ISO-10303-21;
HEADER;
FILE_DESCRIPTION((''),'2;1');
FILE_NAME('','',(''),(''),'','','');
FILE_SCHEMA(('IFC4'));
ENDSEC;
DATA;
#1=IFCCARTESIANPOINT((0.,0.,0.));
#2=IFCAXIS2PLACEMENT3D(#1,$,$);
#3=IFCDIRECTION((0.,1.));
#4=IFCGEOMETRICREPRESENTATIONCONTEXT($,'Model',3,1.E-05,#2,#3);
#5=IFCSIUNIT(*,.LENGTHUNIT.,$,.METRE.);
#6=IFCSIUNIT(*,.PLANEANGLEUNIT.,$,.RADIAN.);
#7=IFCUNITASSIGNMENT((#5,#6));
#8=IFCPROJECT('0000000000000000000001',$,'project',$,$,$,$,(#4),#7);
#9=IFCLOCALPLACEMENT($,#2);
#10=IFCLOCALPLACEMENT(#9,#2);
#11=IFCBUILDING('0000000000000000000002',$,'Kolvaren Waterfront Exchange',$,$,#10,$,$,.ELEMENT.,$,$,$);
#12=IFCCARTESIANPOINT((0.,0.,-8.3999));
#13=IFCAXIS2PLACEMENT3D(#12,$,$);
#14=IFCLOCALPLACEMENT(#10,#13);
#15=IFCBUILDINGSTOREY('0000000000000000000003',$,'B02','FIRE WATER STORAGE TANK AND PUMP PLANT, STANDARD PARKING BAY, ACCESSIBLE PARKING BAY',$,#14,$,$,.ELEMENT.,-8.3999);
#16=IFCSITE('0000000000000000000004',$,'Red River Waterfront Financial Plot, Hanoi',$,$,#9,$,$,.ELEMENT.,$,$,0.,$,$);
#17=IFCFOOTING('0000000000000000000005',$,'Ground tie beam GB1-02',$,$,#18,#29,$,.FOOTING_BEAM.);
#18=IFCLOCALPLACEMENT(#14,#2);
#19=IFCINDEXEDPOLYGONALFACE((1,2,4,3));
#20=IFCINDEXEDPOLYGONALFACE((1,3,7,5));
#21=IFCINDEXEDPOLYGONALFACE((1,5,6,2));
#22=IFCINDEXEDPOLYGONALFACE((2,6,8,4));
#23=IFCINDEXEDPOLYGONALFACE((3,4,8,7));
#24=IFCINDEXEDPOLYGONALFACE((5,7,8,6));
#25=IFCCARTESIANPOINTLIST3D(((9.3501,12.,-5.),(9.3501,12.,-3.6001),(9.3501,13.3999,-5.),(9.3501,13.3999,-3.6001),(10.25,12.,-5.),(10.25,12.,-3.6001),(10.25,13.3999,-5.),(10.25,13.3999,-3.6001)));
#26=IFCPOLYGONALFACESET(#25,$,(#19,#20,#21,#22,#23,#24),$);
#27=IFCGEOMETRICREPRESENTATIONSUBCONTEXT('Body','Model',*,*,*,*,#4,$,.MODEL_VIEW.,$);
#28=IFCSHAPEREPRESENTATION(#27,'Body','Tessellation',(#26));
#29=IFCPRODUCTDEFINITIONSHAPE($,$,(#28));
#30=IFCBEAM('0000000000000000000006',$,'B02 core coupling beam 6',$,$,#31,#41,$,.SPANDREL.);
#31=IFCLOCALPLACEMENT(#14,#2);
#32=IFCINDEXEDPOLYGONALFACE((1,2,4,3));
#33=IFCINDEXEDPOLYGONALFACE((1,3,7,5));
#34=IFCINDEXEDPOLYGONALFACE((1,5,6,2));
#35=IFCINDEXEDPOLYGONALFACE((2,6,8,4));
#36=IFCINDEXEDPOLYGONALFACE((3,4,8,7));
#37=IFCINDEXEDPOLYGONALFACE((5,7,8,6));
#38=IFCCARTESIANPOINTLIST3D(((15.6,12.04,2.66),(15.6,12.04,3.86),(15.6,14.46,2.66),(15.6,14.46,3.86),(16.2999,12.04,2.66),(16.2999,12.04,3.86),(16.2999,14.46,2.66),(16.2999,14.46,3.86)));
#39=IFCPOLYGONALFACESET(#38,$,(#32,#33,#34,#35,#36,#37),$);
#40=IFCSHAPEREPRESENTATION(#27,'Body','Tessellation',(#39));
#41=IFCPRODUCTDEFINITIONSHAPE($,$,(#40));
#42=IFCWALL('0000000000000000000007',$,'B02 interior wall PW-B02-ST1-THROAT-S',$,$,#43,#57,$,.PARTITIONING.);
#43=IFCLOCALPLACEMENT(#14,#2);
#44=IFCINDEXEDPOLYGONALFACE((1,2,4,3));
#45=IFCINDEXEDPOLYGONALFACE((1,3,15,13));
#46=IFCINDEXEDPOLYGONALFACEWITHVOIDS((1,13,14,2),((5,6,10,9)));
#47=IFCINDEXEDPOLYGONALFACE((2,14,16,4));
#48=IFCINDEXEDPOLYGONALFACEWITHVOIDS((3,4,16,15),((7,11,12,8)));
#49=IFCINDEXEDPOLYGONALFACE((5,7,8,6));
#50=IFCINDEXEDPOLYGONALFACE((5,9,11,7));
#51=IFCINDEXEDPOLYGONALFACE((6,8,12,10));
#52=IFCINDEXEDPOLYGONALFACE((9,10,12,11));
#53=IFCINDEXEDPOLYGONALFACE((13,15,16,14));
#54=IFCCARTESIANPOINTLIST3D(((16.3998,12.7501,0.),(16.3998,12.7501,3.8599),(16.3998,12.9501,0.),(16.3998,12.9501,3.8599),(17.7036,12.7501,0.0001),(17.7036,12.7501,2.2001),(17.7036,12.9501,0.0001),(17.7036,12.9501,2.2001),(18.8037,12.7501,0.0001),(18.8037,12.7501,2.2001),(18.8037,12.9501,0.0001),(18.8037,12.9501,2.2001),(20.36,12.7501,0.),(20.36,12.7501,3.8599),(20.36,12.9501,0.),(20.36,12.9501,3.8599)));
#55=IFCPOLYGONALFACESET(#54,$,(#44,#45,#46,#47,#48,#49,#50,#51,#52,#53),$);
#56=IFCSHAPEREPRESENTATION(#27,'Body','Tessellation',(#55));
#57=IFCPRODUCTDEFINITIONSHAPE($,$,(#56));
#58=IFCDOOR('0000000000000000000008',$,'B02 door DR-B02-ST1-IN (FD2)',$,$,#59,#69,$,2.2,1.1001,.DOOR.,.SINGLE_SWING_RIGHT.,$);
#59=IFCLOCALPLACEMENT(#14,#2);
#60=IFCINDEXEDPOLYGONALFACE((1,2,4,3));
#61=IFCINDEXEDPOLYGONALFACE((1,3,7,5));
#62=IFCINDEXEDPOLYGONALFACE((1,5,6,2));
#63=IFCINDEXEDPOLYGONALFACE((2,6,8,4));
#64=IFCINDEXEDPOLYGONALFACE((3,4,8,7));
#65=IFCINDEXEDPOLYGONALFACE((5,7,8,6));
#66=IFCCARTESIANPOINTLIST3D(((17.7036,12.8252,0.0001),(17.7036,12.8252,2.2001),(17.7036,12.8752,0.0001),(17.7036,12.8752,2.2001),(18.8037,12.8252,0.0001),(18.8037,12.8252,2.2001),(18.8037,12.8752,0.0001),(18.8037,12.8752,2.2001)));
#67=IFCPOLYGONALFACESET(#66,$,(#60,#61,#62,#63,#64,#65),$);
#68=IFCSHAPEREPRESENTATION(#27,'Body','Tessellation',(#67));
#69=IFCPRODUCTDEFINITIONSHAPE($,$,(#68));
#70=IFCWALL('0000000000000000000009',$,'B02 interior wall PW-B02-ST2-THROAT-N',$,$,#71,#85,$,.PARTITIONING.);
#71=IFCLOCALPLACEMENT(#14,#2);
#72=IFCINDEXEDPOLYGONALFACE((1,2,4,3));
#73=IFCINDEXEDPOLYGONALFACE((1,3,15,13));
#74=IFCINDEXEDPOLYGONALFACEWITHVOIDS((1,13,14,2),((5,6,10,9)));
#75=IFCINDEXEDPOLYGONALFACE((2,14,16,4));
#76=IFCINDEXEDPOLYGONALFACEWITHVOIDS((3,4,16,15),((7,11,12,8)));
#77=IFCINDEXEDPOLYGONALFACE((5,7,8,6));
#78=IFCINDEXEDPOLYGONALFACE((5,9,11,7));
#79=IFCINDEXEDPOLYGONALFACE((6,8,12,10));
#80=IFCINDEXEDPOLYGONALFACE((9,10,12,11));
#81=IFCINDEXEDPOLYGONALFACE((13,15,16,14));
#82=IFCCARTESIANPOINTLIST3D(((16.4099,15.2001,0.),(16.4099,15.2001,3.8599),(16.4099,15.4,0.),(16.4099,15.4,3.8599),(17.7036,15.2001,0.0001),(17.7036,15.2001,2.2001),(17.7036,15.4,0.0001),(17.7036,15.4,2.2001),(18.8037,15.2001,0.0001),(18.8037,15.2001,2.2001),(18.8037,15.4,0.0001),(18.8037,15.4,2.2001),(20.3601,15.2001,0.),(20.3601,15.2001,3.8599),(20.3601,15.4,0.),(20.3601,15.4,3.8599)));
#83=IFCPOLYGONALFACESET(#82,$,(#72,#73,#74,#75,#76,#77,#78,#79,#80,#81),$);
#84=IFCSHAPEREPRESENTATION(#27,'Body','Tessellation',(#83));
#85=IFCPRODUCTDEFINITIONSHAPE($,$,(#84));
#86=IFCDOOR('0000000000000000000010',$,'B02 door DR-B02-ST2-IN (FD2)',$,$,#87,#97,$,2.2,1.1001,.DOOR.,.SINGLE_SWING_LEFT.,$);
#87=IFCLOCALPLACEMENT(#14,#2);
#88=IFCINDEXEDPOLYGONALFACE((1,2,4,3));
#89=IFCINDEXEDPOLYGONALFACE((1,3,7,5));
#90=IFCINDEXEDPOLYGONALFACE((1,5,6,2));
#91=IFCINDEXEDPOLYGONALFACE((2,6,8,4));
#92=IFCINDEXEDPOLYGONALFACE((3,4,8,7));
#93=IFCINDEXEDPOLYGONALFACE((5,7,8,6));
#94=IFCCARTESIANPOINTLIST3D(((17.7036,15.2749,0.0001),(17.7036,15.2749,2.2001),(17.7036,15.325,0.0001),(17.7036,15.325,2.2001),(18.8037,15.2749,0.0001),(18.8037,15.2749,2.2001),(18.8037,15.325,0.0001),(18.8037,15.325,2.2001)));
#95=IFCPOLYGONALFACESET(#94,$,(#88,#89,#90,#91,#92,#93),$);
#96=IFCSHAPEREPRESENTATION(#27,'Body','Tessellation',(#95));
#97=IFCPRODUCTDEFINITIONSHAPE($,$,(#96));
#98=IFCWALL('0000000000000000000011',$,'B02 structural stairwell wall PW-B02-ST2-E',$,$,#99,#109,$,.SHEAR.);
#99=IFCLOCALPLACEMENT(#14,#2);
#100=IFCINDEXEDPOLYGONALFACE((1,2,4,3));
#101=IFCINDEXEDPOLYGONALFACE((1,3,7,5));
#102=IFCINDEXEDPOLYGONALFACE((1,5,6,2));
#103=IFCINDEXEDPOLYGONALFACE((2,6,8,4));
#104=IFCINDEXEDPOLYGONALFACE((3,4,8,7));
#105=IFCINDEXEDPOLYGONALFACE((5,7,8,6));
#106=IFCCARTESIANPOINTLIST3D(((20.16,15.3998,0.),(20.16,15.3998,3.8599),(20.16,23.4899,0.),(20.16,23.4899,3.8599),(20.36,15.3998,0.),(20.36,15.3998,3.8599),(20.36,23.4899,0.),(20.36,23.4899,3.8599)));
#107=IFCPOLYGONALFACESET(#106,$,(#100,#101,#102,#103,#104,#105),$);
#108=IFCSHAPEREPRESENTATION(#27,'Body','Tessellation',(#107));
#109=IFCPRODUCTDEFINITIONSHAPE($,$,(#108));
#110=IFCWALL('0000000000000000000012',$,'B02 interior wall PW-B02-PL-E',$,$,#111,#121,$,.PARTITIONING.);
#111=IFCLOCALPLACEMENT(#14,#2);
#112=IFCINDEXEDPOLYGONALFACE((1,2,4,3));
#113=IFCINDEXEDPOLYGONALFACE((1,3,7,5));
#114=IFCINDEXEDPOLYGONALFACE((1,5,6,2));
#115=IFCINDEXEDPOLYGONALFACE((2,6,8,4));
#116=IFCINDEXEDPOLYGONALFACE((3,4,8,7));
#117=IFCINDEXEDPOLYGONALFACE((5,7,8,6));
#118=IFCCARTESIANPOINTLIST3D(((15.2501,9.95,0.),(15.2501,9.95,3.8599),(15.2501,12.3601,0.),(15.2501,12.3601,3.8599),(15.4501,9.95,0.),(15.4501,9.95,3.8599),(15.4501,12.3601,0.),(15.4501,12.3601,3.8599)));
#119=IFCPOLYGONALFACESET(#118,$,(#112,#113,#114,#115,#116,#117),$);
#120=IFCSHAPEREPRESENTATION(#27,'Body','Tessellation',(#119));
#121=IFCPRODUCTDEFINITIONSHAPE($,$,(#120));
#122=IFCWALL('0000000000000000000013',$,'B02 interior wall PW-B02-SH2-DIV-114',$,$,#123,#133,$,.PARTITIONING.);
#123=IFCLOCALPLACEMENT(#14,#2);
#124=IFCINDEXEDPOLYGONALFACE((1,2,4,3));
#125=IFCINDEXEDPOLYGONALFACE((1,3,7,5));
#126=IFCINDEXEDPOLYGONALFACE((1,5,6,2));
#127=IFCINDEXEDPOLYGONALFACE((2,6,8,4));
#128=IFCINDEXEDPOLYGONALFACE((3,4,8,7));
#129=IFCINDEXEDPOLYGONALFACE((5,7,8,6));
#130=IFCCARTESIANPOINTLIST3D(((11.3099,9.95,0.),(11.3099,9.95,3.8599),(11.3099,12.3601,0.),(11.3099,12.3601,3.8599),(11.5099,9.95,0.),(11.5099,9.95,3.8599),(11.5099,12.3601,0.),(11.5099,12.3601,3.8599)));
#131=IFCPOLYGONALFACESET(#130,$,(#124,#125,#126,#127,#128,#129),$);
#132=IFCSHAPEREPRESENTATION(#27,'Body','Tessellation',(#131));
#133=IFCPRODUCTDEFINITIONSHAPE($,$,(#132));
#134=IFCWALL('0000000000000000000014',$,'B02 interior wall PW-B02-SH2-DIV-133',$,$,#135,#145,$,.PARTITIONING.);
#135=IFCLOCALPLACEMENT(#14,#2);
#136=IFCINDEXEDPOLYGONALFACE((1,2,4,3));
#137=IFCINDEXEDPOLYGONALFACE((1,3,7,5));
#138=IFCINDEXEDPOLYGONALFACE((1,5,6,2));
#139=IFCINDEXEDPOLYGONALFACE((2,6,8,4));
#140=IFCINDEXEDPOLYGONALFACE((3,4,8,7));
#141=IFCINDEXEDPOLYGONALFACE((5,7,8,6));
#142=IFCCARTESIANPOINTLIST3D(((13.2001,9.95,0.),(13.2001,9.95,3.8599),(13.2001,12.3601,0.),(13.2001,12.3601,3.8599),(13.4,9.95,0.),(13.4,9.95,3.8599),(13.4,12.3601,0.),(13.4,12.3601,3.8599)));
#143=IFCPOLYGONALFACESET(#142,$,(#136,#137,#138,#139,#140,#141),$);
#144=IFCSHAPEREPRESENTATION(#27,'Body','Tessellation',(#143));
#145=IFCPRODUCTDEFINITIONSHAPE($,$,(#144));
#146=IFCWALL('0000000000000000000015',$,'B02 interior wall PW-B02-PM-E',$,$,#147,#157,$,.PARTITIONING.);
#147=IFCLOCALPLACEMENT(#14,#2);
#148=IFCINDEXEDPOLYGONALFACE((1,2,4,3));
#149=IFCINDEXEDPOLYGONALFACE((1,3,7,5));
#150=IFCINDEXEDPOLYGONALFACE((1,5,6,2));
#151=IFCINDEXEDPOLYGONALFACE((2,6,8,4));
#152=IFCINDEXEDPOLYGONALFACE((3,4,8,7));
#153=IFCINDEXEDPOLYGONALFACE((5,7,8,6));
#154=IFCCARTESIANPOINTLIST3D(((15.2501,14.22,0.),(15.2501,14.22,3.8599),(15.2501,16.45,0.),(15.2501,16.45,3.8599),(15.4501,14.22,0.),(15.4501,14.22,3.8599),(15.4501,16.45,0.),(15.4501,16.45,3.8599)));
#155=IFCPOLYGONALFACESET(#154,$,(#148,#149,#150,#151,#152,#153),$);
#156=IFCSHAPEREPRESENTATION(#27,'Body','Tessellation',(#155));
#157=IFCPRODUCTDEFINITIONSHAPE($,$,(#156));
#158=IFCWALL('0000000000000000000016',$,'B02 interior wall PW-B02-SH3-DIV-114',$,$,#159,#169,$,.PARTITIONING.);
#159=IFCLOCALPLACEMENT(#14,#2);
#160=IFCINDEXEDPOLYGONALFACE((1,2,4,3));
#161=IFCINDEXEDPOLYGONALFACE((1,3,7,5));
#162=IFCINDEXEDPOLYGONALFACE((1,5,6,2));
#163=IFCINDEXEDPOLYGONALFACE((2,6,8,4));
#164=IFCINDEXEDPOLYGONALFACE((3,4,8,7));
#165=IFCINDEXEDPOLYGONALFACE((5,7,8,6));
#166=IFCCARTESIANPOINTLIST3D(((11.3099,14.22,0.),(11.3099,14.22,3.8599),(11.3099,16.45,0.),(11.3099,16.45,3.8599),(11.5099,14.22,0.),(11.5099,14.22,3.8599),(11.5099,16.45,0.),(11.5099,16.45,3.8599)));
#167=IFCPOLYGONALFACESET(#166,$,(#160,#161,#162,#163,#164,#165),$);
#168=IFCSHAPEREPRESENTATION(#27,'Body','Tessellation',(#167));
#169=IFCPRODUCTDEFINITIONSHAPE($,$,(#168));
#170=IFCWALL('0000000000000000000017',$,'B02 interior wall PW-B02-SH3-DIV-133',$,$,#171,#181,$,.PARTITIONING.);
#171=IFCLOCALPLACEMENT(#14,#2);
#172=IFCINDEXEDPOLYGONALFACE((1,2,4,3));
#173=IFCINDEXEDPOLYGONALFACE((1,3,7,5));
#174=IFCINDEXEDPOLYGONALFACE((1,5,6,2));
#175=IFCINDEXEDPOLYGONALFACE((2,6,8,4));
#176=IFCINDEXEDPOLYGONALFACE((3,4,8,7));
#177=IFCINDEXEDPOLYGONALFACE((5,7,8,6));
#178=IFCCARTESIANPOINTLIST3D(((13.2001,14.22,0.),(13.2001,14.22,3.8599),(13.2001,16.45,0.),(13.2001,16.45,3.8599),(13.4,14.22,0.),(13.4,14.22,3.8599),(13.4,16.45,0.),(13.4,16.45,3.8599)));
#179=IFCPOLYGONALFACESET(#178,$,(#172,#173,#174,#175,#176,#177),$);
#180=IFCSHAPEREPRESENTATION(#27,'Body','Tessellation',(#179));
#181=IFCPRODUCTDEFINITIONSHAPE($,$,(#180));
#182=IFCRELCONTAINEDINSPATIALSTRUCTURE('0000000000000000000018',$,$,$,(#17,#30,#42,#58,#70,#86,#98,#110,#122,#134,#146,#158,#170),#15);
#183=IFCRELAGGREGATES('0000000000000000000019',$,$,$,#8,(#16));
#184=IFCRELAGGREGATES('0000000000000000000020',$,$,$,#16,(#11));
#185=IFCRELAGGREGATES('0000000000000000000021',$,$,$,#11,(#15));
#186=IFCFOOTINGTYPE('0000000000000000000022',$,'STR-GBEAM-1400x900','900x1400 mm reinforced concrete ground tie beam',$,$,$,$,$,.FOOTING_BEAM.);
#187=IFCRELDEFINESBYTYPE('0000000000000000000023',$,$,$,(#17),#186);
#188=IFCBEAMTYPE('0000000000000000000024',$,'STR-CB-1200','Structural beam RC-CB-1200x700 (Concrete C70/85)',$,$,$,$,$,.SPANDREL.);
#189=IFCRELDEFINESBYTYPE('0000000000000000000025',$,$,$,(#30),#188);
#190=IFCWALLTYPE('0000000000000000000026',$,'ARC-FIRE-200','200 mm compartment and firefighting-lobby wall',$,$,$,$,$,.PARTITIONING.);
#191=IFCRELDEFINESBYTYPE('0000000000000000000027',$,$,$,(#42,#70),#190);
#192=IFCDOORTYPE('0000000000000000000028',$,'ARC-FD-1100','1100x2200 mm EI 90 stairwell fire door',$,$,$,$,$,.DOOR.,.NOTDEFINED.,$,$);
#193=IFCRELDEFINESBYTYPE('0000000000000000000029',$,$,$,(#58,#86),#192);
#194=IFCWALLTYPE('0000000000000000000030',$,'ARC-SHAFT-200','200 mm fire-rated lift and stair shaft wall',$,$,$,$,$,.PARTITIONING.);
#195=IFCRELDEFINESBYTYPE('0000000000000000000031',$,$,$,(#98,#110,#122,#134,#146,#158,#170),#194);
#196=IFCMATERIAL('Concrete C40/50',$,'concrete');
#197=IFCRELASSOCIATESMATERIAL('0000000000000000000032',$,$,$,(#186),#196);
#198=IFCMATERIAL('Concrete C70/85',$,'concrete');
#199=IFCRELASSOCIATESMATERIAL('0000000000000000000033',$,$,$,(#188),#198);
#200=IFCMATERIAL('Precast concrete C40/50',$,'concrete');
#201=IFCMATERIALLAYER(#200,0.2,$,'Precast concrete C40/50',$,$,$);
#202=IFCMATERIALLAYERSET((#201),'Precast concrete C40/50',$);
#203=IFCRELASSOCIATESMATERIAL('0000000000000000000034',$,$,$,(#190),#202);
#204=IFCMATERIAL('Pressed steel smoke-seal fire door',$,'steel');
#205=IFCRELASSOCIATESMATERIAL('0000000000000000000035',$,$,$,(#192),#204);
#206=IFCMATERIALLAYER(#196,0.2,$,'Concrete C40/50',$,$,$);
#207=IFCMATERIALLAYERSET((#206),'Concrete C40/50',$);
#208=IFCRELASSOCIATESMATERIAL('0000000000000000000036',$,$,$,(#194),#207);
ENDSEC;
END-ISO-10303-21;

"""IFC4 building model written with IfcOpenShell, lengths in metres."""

from ifc_helpers import new_model, si_unit, direction, frame, frame_2d, origin, origin_2d, place, context, subcontext, project, spatial, rectangle, extrude, material, layer, layer_set, material_profile, profile_set, type_object, element, fill, save


model = new_model("IFC4")

# Units and contexts
model_context = context("Model", 3, precision=1e-05, world=origin(), true_north=direction((0.0, 1.0)))
body_context = subcontext(model_context, "Body", "Model", "MODEL_VIEW")
ifc_project = project(units=[si_unit("LENGTHUNIT", "METRE"), si_unit("PLANEANGLEUNIT", "RADIAN")], contexts=[model_context])

# Site, building, storey
site_placement = place(None, origin())
site = spatial("IfcSite", under=ifc_project, at=site_placement, Name="Red River Waterfront Financial Plot, Hanoi", CompositionType="ELEMENT", RefElevation=0.0)
building_placement = place(site_placement, origin())
building = spatial("IfcBuilding", under=site, at=building_placement, Name="Kolvaren Waterfront Exchange", CompositionType="ELEMENT")
storey_placement = place(building_placement, frame((0.0, 0.0, -8.3999)))
storey = spatial("IfcBuildingStorey", under=building, at=storey_placement, Name="B02", Description="FIRE WATER STORAGE TANK AND PUMP PLANT, STANDARD PARKING BAY, ACCESSIBLE PARKING BAY", CompositionType="ELEMENT", Elevation=-8.3999)

# Footing
ifc_material_1 = material(Name="Concrete C40/50", Category="concrete")
ifc_material_profile_1 = material_profile(ifc_material_1, rectangle(XDim=0.8999, YDim=1.3999, at=origin_2d()), Name="RC-GB-1400x900")
ifc_profile_set_1 = profile_set([ifc_material_profile_1], Name="Concrete C40/50")
footing_type = type_object("IfcFootingType", Name="STR-GBEAM-1400x900", Description="900x1400 mm reinforced concrete ground tie beam", PredefinedType="FOOTING_BEAM", material=ifc_profile_set_1)
footing_placement = place(storey_placement, frame((9.8, 12.0, -4.3), z_axis=(0.0, 1.0, 0.0), x_axis=(-1.0, 0.0, 0.0)))
element("IfcFooting", 1, at=footing_placement, inside=storey, type_object=footing_type, Name="Ground tie beam GB1-02", PredefinedType="FOOTING_BEAM", context=body_context, shape_type="SweptSolid", body=[
    extrude(rectangle(XDim=0.8999, YDim=1.3999, at=origin_2d()), origin(), (0.0, 0.0, 1.0), 1.3999),
])

# Beam
ifc_material_2 = material(Name="Concrete C70/85", Category="concrete")
ifc_material_profile_2 = material_profile(ifc_material_2, rectangle(XDim=0.7, YDim=1.2, at=origin_2d()), Name="RC-CB-1200x700")
ifc_profile_set_2 = profile_set([ifc_material_profile_2], Name="Concrete C70/85")
beam_type = type_object("IfcBeamType", Name="STR-CB-1200", Description="Structural beam RC-CB-1200x700 (Concrete C70/85)", PredefinedType="SPANDREL", material=ifc_profile_set_2)
beam_placement = place(storey_placement, frame((15.95, 12.04, 3.26), z_axis=(0.0, 1.0, 0.0), x_axis=(-1.0, 0.0, 0.0)))
element("IfcBeam", 2, at=beam_placement, inside=storey, type_object=beam_type, Name="B02 core coupling beam 6", PredefinedType="SPANDREL", context=body_context, shape_type="SweptSolid", body=[
    extrude(rectangle(XDim=0.7, YDim=1.2, at=origin_2d()), origin(), (0.0, 0.0, 1.0), 2.4199),
])

# Walls, openings, doors
ifc_material_3 = material(Name="Precast concrete C40/50", Category="concrete")
ifc_layer_1 = layer(ifc_material_3, 0.2, Name="Precast concrete C40/50")
ifc_layer_set_1 = layer_set([ifc_layer_1], Name="Precast concrete C40/50")
wall_type_1 = type_object("IfcWallType", Name="ARC-FIRE-200", Description="200 mm compartment and firefighting-lobby wall", PredefinedType="PARTITIONING", material=ifc_layer_set_1)
wall_1_placement = place(storey_placement, frame((16.3999, 12.8501, 0.0), z_axis=(0.0, 0.0, 1.0), x_axis=(1.0, 0.0, 0.0)))
wall_1 = element("IfcWall", 3, at=wall_1_placement, inside=storey, type_object=wall_type_1, Name="B02 interior wall PW-B02-ST1-THROAT-S", PredefinedType="PARTITIONING", context=body_context, shape_type="SweptSolid", body=[
    extrude(rectangle(XDim=3.9602, YDim=0.2, at=frame_2d((1.98, 0.0))), origin(), (0.0, 0.0, 1.0), 3.8599),
])
opening_1_placement = place(wall_1_placement, frame((1.3037, 0.0, 0.0)))
opening_1 = element("IfcOpeningElement", 4, at=opening_1_placement, cuts=wall_1, PredefinedType="OPENING", context=body_context, shape_type="SweptSolid", body=[
    extrude(rectangle(XDim=1.1001, YDim=2.2, at=frame_2d((0.55, 1.1001))), frame((0.0, 0.1099, 0.0), z_axis=(0.0, -1.0, 0.0), x_axis=(1.0, 0.0, 0.0)), (0.0, 0.0, 1.0), 0.22),
])
ifc_material_4 = material(Name="Pressed steel smoke-seal fire door", Category="steel")
door_type = type_object("IfcDoorType", Name="ARC-FD-1100", Description="1100x2200 mm EI 90 stairwell fire door", OperationType="NOTDEFINED", PredefinedType="DOOR", material=ifc_material_4)
door_1_placement = place(opening_1_placement, frame((1.1001, 0.0, 0.0), z_axis=(0.0, 0.0, 1.0), x_axis=(-1.0, 0.0, 0.0)))
door_1 = element("IfcDoor", 5, at=door_1_placement, inside=storey, type_object=door_type, Name="B02 door DR-B02-ST1-IN (FD2)", OperationType="SINGLE_SWING_RIGHT", OverallHeight=2.2, OverallWidth=1.1001, PredefinedType="DOOR", context=body_context, shape_type="SweptSolid", body=[
    extrude(rectangle(XDim=1.1001, YDim=2.2, at=frame_2d((0.55, 1.1001))), frame((0.0, 0.0249, 0.0), z_axis=(0.0, -1.0, 0.0), x_axis=(1.0, 0.0, 0.0)), (0.0, 0.0, 1.0), 0.05),
])
fill(opening_1, door_1)
wall_2_placement = place(storey_placement, frame((16.4099, 15.3, 0.0), z_axis=(0.0, 0.0, 1.0), x_axis=(1.0, 0.0, 0.0)))
wall_2 = element("IfcWall", 6, at=wall_2_placement, inside=storey, type_object=wall_type_1, Name="B02 interior wall PW-B02-ST2-THROAT-N", PredefinedType="PARTITIONING", context=body_context, shape_type="SweptSolid", body=[
    extrude(rectangle(XDim=3.9502, YDim=0.2, at=frame_2d((1.9751, 0.0))), origin(), (0.0, 0.0, 1.0), 3.8599),
])
opening_2_placement = place(wall_2_placement, frame((1.2937, 0.0, 0.0)))
opening_2 = element("IfcOpeningElement", 7, at=opening_2_placement, cuts=wall_2, PredefinedType="OPENING", context=body_context, shape_type="SweptSolid", body=[
    extrude(rectangle(XDim=1.1001, YDim=2.2, at=frame_2d((0.55, 1.1001))), frame((0.0, 0.1099, 0.0), z_axis=(0.0, -1.0, 0.0), x_axis=(1.0, 0.0, 0.0)), (0.0, 0.0, 1.0), 0.22),
])
door_2_placement = place(opening_2_placement, origin())
door_2 = element("IfcDoor", 8, at=door_2_placement, inside=storey, type_object=door_type, Name="B02 door DR-B02-ST2-IN (FD2)", OperationType="SINGLE_SWING_LEFT", OverallHeight=2.2, OverallWidth=1.1001, PredefinedType="DOOR", context=body_context, shape_type="SweptSolid", body=[
    extrude(rectangle(XDim=1.1001, YDim=2.2, at=frame_2d((0.55, 1.1001))), frame((0.0, 0.0249, 0.0), z_axis=(0.0, -1.0, 0.0), x_axis=(1.0, 0.0, 0.0)), (0.0, 0.0, 1.0), 0.05),
])
fill(opening_2, door_2)

# Walls
ifc_layer_2 = layer(ifc_material_1, 0.2, Name="Concrete C40/50")
ifc_layer_set_2 = layer_set([ifc_layer_2], Name="Concrete C40/50")
wall_type_2 = type_object("IfcWallType", Name="ARC-SHAFT-200", Description="200 mm fire-rated lift and stair shaft wall", PredefinedType="PARTITIONING", material=ifc_layer_set_2)
wall_3_placement = place(storey_placement, frame((20.26, 15.3999, 0.0), z_axis=(0.0, 0.0, 1.0), x_axis=(0.0, 1.0, 0.0)))
element("IfcWall", 9, at=wall_3_placement, inside=storey, type_object=wall_type_2, Name="B02 structural stairwell wall PW-B02-ST2-E", PredefinedType="SHEAR", context=body_context, shape_type="SweptSolid", body=[
    extrude(rectangle(XDim=8.0901, YDim=0.2, at=frame_2d((4.0449, 0.0))), origin(), (0.0, 0.0, 1.0), 3.8599),
])
for number, where, z_axis, x_axis, name in (
    (10, (15.3501, 9.95, 0.0), (0.0, 0.0, 1.0), (0.0, 1.0, 0.0), "B02 interior wall PW-B02-PL-E"),
    (11, (11.4099, 9.95, 0.0), (0.0, 0.0, 1.0), (0.0, 1.0, 0.0), "B02 interior wall PW-B02-SH2-DIV-114"),
    (12, (13.3, 9.95, 0.0), (0.0, 0.0, 1.0), (0.0, 1.0, 0.0), "B02 interior wall PW-B02-SH2-DIV-133"),
):
    element("IfcWall", number, at=place(storey_placement, frame(where, z_axis=z_axis, x_axis=x_axis)), inside=storey, type_object=wall_type_2, Name=name, PredefinedType="PARTITIONING", context=body_context, shape_type="SweptSolid", body=[
        extrude(rectangle(XDim=2.4102, YDim=0.2, at=frame_2d((1.2051, 0.0))), origin(), (0.0, 0.0, 1.0), 3.8599),
    ])
for number, where, z_axis, x_axis, name in (
    (13, (15.3501, 14.22, 0.0), (0.0, 0.0, 1.0), (0.0, 1.0, 0.0), "B02 interior wall PW-B02-PM-E"),
    (14, (11.4099, 14.22, 0.0), (0.0, 0.0, 1.0), (0.0, 1.0, 0.0), "B02 interior wall PW-B02-SH3-DIV-114"),
    (15, (13.3, 14.22, 0.0), (0.0, 0.0, 1.0), (0.0, 1.0, 0.0), "B02 interior wall PW-B02-SH3-DIV-133"),
):
    element("IfcWall", number, at=place(storey_placement, frame(where, z_axis=z_axis, x_axis=x_axis)), inside=storey, type_object=wall_type_2, Name=name, PredefinedType="PARTITIONING", context=body_context, shape_type="SweptSolid", body=[
        extrude(rectangle(XDim=2.23, YDim=0.2, at=frame_2d((1.115, 0.0))), origin(), (0.0, 0.0, 1.0), 3.8599),
    ])

save(model, "model.ifc")
